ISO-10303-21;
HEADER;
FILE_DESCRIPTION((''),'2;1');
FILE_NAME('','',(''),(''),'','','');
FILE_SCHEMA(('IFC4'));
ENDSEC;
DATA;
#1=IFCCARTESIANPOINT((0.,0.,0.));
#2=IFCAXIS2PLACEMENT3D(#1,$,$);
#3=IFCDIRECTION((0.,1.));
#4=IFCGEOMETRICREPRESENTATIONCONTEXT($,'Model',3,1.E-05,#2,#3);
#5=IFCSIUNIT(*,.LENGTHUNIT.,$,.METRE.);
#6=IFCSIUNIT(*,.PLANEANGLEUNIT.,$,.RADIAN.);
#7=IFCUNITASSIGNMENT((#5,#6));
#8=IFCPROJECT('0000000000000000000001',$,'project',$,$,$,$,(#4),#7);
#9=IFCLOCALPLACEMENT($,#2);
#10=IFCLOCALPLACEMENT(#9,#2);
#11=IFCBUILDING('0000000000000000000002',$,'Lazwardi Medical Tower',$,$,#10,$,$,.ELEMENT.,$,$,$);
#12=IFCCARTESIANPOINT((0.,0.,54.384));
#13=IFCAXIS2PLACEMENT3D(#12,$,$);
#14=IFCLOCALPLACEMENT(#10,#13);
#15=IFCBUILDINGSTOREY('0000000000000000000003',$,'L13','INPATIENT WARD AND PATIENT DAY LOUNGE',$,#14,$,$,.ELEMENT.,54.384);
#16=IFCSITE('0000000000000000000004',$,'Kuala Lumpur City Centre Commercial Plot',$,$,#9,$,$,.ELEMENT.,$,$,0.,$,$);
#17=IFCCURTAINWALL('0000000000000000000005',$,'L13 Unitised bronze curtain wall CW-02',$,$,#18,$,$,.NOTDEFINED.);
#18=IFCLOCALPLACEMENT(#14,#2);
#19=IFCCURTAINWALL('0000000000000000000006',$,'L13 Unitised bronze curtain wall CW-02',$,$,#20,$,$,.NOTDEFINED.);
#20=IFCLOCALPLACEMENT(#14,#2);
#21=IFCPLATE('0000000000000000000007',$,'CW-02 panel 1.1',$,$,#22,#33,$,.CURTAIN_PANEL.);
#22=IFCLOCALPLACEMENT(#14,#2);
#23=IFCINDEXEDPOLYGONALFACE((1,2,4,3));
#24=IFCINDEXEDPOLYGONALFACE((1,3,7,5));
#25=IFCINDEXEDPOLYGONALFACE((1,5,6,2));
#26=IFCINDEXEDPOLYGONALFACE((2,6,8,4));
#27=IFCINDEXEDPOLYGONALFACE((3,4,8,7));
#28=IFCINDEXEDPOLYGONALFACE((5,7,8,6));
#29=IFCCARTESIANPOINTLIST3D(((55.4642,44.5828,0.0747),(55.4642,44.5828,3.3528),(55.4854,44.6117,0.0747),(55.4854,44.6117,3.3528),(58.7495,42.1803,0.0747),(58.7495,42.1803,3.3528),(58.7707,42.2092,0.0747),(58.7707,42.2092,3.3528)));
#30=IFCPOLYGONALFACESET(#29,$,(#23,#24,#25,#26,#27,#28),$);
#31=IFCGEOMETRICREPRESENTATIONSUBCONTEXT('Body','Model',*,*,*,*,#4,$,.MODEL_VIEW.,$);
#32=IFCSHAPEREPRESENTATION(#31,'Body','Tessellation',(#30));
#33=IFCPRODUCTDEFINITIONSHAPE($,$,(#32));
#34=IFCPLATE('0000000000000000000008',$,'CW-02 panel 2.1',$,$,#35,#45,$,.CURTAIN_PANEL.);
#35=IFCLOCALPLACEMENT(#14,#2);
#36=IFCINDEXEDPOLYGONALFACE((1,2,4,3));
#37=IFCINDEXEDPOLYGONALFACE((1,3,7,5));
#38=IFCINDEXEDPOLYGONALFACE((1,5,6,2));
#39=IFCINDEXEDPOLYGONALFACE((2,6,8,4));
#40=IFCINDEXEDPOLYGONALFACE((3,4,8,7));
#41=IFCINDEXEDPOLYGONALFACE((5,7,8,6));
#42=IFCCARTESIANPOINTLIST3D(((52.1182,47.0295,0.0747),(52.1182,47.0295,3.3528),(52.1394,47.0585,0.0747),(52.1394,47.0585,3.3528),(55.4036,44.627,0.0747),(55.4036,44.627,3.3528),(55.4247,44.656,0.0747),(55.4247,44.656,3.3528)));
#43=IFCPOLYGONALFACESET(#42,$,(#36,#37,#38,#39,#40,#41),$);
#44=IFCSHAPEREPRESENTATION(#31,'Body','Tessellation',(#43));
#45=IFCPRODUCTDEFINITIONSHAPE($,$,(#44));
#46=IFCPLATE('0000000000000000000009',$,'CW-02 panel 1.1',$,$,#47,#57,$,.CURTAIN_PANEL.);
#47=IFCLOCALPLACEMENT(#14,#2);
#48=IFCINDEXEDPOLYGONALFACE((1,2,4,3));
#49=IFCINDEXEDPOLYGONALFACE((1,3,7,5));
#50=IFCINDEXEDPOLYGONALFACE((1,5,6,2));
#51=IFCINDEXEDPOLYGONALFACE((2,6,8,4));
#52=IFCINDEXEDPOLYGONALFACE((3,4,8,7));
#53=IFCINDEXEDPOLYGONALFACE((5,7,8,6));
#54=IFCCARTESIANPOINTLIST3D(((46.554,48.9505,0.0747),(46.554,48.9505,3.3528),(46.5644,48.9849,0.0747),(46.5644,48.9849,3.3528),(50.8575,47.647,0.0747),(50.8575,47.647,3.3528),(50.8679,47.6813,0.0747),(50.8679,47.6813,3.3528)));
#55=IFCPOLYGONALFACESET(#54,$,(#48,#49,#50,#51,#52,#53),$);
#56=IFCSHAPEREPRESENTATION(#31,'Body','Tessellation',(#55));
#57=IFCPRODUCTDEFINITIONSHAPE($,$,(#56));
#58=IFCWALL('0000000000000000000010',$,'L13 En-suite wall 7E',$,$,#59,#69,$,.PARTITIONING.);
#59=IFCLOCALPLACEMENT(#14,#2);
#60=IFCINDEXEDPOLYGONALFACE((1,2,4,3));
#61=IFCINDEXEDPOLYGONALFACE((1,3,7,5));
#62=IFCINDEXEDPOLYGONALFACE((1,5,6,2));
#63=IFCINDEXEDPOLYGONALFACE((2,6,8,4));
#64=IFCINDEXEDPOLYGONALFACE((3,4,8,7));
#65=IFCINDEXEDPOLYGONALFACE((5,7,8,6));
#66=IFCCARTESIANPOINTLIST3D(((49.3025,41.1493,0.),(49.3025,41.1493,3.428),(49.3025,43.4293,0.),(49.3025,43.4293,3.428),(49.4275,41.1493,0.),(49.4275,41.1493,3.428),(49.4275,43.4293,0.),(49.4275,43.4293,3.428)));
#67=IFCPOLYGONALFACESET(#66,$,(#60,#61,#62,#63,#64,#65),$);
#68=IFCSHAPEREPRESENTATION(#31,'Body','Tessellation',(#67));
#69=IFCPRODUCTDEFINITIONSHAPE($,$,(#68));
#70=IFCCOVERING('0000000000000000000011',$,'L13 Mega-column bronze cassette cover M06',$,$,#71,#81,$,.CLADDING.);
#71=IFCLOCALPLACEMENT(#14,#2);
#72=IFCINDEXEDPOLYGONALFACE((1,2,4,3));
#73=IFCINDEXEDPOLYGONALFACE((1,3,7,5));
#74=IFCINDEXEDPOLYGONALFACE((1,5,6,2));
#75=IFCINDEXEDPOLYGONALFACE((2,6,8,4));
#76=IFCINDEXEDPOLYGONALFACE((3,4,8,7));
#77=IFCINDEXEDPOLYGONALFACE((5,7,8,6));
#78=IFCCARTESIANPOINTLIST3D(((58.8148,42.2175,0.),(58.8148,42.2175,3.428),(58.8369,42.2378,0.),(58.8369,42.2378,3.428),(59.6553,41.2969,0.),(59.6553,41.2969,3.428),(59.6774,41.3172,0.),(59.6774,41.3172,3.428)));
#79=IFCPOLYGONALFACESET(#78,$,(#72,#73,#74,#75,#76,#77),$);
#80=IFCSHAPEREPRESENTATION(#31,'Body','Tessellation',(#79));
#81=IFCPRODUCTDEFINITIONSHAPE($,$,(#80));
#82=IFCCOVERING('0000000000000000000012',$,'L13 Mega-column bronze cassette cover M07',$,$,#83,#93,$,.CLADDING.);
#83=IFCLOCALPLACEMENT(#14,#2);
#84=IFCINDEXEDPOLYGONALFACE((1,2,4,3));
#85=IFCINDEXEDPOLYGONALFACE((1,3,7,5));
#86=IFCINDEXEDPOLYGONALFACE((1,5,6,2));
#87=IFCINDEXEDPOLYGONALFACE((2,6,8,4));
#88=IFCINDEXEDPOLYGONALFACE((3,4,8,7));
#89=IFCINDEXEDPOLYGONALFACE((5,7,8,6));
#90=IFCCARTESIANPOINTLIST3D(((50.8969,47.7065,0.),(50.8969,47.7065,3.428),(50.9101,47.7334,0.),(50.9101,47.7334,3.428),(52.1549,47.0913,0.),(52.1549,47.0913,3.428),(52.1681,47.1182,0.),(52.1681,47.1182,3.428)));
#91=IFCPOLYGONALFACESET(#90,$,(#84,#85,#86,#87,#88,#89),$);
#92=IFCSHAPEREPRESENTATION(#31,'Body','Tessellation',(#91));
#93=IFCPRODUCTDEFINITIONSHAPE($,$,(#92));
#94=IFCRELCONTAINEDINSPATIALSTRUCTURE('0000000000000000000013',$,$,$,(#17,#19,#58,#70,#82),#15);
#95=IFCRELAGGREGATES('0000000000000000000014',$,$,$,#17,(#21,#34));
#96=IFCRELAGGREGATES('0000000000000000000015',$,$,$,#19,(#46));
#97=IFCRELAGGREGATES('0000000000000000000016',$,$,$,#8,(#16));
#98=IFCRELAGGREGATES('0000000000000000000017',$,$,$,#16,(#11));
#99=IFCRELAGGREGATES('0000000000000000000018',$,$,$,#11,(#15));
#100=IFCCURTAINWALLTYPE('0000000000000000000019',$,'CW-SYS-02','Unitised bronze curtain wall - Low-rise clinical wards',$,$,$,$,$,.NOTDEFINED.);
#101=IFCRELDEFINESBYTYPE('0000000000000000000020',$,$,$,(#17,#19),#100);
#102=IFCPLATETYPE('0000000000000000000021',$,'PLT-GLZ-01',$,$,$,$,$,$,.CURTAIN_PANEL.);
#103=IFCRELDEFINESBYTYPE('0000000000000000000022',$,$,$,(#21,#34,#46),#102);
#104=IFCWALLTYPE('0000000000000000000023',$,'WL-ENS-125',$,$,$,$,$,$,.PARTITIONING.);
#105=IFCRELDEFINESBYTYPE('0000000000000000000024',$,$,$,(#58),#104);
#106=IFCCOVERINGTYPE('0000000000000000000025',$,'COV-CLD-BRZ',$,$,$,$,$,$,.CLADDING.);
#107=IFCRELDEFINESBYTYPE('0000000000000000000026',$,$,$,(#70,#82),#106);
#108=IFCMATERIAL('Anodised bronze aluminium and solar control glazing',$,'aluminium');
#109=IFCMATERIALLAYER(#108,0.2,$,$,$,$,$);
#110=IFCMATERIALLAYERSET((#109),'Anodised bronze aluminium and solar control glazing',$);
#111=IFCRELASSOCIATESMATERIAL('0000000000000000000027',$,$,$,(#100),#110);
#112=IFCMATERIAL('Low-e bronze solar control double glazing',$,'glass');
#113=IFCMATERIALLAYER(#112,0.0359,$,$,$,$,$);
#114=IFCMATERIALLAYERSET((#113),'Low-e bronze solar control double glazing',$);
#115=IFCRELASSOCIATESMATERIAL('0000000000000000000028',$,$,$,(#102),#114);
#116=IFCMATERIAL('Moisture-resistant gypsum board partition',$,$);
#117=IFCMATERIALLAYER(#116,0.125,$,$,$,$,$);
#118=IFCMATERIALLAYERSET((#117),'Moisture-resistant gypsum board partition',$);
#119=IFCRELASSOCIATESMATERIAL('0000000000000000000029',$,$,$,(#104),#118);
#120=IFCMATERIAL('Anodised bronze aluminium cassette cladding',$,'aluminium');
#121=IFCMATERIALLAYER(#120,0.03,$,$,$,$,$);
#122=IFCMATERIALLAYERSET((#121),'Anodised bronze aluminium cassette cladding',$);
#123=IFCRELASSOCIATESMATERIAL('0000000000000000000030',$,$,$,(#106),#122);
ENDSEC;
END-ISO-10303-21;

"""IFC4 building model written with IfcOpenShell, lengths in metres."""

from ifc_helpers import new_model, si_unit, direction, frame, frame_2d, origin, origin_2d, place, context, subcontext, project, spatial, rectangle, extrude, material, layer, layer_set, type_object, element, aggregate, save


model = new_model("IFC4")

# Units and contexts
model_context = context("Model", 3, precision=1e-05, world=origin(), true_north=direction((0.0, 1.0)))
body_context = subcontext(model_context, "Body", "Model", "MODEL_VIEW")
ifc_project = project(units=[si_unit("LENGTHUNIT", "METRE"), si_unit("PLANEANGLEUNIT", "RADIAN")], contexts=[model_context])

# Site, building, storey
site_placement = place(None, origin())
site = spatial("IfcSite", under=ifc_project, at=site_placement, Name="Kuala Lumpur City Centre Commercial Plot", CompositionType="ELEMENT", RefElevation=0.0)
building_placement = place(site_placement, origin())
building = spatial("IfcBuilding", under=site, at=building_placement, Name="Lazwardi Medical Tower", CompositionType="ELEMENT")
storey_placement = place(building_placement, frame((0.0, 0.0, 54.384)))
storey = spatial("IfcBuildingStorey", under=building, at=storey_placement, Name="L13", Description="INPATIENT WARD AND PATIENT DAY LOUNGE", CompositionType="ELEMENT", Elevation=54.384)

# Shared definitions
ifc_material_1 = material(Name="Anodised bronze aluminium and solar control glazing", Category="aluminium")
ifc_layer_1 = layer(ifc_material_1, 0.2)
ifc_layer_set_1 = layer_set([ifc_layer_1], Name="Anodised bronze aluminium and solar control glazing")
curtain_wall_type = type_object("IfcCurtainWallType", Name="CW-SYS-02", Description="Unitised bronze curtain wall - Low-rise clinical wards", PredefinedType="NOTDEFINED", material=ifc_layer_set_1)

# Curtain wall
curtain_wall_1_placement = place(storey_placement, origin())
curtain_wall_1 = element("IfcCurtainWall", 1, at=curtain_wall_1_placement, inside=storey, type_object=curtain_wall_type, Name="L13 Unitised bronze curtain wall CW-02", PredefinedType="NOTDEFINED")

# Curtain wall
curtain_wall_2_placement = place(storey_placement, origin())
curtain_wall_2 = element("IfcCurtainWall", 2, at=curtain_wall_2_placement, inside=storey, type_object=curtain_wall_type, Name="L13 Unitised bronze curtain wall CW-02", PredefinedType="NOTDEFINED")

# Plates
ifc_material_2 = material(Name="Low-e bronze solar control double glazing", Category="glass")
ifc_layer_2 = layer(ifc_material_2, 0.0359)
ifc_layer_set_2 = layer_set([ifc_layer_2], Name="Low-e bronze solar control double glazing")
plate_type = type_object("IfcPlateType", Name="PLT-GLZ-01", PredefinedType="CURTAIN_PANEL", material=ifc_layer_set_2)
plate_1_placement = place(storey_placement, frame((57.1174, 43.396, 0.0747), z_axis=(0.0, 0.0, 1.0), x_axis=(-0.807192, 0.590289, 0.0)))
plate_1 = element("IfcPlate", 3, at=plate_1_placement, type_object=plate_type, Name="CW-02 panel 1.1", PredefinedType="CURTAIN_PANEL", context=body_context, shape_type="SweptSolid", body=[
    extrude(rectangle(XDim=4.0701, YDim=0.0359, at=origin_2d()), origin(), (0.0, 0.0, 1.0), 3.2781),
])
plate_2_placement = place(storey_placement, frame((53.7715, 45.8428, 0.0747), z_axis=(0.0, 0.0, 1.0), x_axis=(-0.807192, 0.590289, 0.0)))
plate_2 = element("IfcPlate", 4, at=plate_2_placement, type_object=plate_type, Name="CW-02 panel 2.1", PredefinedType="CURTAIN_PANEL", context=body_context, shape_type="SweptSolid", body=[
    extrude(rectangle(XDim=4.0701, YDim=0.0359, at=origin_2d()), origin(), (0.0, 0.0, 1.0), 3.2781),
])
aggregate(curtain_wall_1, [plate_1, plate_2])
plate_3_placement = place(storey_placement, frame((48.7109, 48.3159, 0.0747), z_axis=(0.0, 0.0, 1.0), x_axis=(-0.957058, 0.289896, 0.0)))
plate_3 = element("IfcPlate", 5, at=plate_3_placement, type_object=plate_type, Name="CW-02 panel 1.1", PredefinedType="CURTAIN_PANEL", context=body_context, shape_type="SweptSolid", body=[
    extrude(rectangle(XDim=4.4966, YDim=0.0359, at=origin_2d()), origin(), (0.0, 0.0, 1.0), 3.2781),
])
aggregate(curtain_wall_2, [plate_3])

# Wall
ifc_material_3 = material(Name="Moisture-resistant gypsum board partition")
ifc_layer_3 = layer(ifc_material_3, 0.125)
ifc_layer_set_3 = layer_set([ifc_layer_3], Name="Moisture-resistant gypsum board partition")
wall_type = type_object("IfcWallType", Name="WL-ENS-125", PredefinedType="PARTITIONING", material=ifc_layer_set_3)
wall_placement = place(storey_placement, frame((49.365, 41.1492, 0.0), z_axis=(0.0, 0.0, 1.0), x_axis=(0.0, 1.0, 0.0)))
element("IfcWall", 6, at=wall_placement, inside=storey, type_object=wall_type, Name="L13 En-suite wall 7E", PredefinedType="PARTITIONING", context=body_context, shape_type="SweptSolid", body=[
    extrude(rectangle(XDim=2.28, YDim=0.125, at=frame_2d((1.1401, 0.0))), origin(), (0.0, 0.0, 1.0), 3.428),
])

# Coverings
ifc_material_4 = material(Name="Anodised bronze aluminium cassette cladding", Category="aluminium")
ifc_layer_4 = layer(ifc_material_4, 0.03)
ifc_layer_set_4 = layer_set([ifc_layer_4], Name="Anodised bronze aluminium cassette cladding")
covering_type = type_object("IfcCoveringType", Name="COV-CLD-BRZ", PredefinedType="CLADDING", material=ifc_layer_set_4)
covering_1_placement = place(storey_placement, frame((59.2461, 41.7673, 0.0), z_axis=(0.0, 0.0, 1.0), x_axis=(-0.674252, 0.738501, 0.0)))
element("IfcCovering", 7, at=covering_1_placement, inside=storey, type_object=covering_type, Name="L13 Mega-column bronze cassette cover M06", PredefinedType="CLADDING", context=body_context, shape_type="SweptSolid", body=[
    extrude(rectangle(XDim=1.2466, YDim=0.03, at=origin_2d()), origin(), (0.0, 0.0, 1.0), 3.428),
])
covering_2_placement = place(storey_placement, frame((51.5325, 47.4124, 0.0), z_axis=(0.0, 0.0, 1.0), x_axis=(-0.898334, 0.439312, 0.0)))
element("IfcCovering", 8, at=covering_2_placement, inside=storey, type_object=covering_type, Name="L13 Mega-column bronze cassette cover M07", PredefinedType="CLADDING", context=body_context, shape_type="SweptSolid", body=[
    extrude(rectangle(XDim=1.4004, YDim=0.03, at=origin_2d()), origin(), (0.0, 0.0, 1.0), 3.428),
])

save(model, "model.ifc")
